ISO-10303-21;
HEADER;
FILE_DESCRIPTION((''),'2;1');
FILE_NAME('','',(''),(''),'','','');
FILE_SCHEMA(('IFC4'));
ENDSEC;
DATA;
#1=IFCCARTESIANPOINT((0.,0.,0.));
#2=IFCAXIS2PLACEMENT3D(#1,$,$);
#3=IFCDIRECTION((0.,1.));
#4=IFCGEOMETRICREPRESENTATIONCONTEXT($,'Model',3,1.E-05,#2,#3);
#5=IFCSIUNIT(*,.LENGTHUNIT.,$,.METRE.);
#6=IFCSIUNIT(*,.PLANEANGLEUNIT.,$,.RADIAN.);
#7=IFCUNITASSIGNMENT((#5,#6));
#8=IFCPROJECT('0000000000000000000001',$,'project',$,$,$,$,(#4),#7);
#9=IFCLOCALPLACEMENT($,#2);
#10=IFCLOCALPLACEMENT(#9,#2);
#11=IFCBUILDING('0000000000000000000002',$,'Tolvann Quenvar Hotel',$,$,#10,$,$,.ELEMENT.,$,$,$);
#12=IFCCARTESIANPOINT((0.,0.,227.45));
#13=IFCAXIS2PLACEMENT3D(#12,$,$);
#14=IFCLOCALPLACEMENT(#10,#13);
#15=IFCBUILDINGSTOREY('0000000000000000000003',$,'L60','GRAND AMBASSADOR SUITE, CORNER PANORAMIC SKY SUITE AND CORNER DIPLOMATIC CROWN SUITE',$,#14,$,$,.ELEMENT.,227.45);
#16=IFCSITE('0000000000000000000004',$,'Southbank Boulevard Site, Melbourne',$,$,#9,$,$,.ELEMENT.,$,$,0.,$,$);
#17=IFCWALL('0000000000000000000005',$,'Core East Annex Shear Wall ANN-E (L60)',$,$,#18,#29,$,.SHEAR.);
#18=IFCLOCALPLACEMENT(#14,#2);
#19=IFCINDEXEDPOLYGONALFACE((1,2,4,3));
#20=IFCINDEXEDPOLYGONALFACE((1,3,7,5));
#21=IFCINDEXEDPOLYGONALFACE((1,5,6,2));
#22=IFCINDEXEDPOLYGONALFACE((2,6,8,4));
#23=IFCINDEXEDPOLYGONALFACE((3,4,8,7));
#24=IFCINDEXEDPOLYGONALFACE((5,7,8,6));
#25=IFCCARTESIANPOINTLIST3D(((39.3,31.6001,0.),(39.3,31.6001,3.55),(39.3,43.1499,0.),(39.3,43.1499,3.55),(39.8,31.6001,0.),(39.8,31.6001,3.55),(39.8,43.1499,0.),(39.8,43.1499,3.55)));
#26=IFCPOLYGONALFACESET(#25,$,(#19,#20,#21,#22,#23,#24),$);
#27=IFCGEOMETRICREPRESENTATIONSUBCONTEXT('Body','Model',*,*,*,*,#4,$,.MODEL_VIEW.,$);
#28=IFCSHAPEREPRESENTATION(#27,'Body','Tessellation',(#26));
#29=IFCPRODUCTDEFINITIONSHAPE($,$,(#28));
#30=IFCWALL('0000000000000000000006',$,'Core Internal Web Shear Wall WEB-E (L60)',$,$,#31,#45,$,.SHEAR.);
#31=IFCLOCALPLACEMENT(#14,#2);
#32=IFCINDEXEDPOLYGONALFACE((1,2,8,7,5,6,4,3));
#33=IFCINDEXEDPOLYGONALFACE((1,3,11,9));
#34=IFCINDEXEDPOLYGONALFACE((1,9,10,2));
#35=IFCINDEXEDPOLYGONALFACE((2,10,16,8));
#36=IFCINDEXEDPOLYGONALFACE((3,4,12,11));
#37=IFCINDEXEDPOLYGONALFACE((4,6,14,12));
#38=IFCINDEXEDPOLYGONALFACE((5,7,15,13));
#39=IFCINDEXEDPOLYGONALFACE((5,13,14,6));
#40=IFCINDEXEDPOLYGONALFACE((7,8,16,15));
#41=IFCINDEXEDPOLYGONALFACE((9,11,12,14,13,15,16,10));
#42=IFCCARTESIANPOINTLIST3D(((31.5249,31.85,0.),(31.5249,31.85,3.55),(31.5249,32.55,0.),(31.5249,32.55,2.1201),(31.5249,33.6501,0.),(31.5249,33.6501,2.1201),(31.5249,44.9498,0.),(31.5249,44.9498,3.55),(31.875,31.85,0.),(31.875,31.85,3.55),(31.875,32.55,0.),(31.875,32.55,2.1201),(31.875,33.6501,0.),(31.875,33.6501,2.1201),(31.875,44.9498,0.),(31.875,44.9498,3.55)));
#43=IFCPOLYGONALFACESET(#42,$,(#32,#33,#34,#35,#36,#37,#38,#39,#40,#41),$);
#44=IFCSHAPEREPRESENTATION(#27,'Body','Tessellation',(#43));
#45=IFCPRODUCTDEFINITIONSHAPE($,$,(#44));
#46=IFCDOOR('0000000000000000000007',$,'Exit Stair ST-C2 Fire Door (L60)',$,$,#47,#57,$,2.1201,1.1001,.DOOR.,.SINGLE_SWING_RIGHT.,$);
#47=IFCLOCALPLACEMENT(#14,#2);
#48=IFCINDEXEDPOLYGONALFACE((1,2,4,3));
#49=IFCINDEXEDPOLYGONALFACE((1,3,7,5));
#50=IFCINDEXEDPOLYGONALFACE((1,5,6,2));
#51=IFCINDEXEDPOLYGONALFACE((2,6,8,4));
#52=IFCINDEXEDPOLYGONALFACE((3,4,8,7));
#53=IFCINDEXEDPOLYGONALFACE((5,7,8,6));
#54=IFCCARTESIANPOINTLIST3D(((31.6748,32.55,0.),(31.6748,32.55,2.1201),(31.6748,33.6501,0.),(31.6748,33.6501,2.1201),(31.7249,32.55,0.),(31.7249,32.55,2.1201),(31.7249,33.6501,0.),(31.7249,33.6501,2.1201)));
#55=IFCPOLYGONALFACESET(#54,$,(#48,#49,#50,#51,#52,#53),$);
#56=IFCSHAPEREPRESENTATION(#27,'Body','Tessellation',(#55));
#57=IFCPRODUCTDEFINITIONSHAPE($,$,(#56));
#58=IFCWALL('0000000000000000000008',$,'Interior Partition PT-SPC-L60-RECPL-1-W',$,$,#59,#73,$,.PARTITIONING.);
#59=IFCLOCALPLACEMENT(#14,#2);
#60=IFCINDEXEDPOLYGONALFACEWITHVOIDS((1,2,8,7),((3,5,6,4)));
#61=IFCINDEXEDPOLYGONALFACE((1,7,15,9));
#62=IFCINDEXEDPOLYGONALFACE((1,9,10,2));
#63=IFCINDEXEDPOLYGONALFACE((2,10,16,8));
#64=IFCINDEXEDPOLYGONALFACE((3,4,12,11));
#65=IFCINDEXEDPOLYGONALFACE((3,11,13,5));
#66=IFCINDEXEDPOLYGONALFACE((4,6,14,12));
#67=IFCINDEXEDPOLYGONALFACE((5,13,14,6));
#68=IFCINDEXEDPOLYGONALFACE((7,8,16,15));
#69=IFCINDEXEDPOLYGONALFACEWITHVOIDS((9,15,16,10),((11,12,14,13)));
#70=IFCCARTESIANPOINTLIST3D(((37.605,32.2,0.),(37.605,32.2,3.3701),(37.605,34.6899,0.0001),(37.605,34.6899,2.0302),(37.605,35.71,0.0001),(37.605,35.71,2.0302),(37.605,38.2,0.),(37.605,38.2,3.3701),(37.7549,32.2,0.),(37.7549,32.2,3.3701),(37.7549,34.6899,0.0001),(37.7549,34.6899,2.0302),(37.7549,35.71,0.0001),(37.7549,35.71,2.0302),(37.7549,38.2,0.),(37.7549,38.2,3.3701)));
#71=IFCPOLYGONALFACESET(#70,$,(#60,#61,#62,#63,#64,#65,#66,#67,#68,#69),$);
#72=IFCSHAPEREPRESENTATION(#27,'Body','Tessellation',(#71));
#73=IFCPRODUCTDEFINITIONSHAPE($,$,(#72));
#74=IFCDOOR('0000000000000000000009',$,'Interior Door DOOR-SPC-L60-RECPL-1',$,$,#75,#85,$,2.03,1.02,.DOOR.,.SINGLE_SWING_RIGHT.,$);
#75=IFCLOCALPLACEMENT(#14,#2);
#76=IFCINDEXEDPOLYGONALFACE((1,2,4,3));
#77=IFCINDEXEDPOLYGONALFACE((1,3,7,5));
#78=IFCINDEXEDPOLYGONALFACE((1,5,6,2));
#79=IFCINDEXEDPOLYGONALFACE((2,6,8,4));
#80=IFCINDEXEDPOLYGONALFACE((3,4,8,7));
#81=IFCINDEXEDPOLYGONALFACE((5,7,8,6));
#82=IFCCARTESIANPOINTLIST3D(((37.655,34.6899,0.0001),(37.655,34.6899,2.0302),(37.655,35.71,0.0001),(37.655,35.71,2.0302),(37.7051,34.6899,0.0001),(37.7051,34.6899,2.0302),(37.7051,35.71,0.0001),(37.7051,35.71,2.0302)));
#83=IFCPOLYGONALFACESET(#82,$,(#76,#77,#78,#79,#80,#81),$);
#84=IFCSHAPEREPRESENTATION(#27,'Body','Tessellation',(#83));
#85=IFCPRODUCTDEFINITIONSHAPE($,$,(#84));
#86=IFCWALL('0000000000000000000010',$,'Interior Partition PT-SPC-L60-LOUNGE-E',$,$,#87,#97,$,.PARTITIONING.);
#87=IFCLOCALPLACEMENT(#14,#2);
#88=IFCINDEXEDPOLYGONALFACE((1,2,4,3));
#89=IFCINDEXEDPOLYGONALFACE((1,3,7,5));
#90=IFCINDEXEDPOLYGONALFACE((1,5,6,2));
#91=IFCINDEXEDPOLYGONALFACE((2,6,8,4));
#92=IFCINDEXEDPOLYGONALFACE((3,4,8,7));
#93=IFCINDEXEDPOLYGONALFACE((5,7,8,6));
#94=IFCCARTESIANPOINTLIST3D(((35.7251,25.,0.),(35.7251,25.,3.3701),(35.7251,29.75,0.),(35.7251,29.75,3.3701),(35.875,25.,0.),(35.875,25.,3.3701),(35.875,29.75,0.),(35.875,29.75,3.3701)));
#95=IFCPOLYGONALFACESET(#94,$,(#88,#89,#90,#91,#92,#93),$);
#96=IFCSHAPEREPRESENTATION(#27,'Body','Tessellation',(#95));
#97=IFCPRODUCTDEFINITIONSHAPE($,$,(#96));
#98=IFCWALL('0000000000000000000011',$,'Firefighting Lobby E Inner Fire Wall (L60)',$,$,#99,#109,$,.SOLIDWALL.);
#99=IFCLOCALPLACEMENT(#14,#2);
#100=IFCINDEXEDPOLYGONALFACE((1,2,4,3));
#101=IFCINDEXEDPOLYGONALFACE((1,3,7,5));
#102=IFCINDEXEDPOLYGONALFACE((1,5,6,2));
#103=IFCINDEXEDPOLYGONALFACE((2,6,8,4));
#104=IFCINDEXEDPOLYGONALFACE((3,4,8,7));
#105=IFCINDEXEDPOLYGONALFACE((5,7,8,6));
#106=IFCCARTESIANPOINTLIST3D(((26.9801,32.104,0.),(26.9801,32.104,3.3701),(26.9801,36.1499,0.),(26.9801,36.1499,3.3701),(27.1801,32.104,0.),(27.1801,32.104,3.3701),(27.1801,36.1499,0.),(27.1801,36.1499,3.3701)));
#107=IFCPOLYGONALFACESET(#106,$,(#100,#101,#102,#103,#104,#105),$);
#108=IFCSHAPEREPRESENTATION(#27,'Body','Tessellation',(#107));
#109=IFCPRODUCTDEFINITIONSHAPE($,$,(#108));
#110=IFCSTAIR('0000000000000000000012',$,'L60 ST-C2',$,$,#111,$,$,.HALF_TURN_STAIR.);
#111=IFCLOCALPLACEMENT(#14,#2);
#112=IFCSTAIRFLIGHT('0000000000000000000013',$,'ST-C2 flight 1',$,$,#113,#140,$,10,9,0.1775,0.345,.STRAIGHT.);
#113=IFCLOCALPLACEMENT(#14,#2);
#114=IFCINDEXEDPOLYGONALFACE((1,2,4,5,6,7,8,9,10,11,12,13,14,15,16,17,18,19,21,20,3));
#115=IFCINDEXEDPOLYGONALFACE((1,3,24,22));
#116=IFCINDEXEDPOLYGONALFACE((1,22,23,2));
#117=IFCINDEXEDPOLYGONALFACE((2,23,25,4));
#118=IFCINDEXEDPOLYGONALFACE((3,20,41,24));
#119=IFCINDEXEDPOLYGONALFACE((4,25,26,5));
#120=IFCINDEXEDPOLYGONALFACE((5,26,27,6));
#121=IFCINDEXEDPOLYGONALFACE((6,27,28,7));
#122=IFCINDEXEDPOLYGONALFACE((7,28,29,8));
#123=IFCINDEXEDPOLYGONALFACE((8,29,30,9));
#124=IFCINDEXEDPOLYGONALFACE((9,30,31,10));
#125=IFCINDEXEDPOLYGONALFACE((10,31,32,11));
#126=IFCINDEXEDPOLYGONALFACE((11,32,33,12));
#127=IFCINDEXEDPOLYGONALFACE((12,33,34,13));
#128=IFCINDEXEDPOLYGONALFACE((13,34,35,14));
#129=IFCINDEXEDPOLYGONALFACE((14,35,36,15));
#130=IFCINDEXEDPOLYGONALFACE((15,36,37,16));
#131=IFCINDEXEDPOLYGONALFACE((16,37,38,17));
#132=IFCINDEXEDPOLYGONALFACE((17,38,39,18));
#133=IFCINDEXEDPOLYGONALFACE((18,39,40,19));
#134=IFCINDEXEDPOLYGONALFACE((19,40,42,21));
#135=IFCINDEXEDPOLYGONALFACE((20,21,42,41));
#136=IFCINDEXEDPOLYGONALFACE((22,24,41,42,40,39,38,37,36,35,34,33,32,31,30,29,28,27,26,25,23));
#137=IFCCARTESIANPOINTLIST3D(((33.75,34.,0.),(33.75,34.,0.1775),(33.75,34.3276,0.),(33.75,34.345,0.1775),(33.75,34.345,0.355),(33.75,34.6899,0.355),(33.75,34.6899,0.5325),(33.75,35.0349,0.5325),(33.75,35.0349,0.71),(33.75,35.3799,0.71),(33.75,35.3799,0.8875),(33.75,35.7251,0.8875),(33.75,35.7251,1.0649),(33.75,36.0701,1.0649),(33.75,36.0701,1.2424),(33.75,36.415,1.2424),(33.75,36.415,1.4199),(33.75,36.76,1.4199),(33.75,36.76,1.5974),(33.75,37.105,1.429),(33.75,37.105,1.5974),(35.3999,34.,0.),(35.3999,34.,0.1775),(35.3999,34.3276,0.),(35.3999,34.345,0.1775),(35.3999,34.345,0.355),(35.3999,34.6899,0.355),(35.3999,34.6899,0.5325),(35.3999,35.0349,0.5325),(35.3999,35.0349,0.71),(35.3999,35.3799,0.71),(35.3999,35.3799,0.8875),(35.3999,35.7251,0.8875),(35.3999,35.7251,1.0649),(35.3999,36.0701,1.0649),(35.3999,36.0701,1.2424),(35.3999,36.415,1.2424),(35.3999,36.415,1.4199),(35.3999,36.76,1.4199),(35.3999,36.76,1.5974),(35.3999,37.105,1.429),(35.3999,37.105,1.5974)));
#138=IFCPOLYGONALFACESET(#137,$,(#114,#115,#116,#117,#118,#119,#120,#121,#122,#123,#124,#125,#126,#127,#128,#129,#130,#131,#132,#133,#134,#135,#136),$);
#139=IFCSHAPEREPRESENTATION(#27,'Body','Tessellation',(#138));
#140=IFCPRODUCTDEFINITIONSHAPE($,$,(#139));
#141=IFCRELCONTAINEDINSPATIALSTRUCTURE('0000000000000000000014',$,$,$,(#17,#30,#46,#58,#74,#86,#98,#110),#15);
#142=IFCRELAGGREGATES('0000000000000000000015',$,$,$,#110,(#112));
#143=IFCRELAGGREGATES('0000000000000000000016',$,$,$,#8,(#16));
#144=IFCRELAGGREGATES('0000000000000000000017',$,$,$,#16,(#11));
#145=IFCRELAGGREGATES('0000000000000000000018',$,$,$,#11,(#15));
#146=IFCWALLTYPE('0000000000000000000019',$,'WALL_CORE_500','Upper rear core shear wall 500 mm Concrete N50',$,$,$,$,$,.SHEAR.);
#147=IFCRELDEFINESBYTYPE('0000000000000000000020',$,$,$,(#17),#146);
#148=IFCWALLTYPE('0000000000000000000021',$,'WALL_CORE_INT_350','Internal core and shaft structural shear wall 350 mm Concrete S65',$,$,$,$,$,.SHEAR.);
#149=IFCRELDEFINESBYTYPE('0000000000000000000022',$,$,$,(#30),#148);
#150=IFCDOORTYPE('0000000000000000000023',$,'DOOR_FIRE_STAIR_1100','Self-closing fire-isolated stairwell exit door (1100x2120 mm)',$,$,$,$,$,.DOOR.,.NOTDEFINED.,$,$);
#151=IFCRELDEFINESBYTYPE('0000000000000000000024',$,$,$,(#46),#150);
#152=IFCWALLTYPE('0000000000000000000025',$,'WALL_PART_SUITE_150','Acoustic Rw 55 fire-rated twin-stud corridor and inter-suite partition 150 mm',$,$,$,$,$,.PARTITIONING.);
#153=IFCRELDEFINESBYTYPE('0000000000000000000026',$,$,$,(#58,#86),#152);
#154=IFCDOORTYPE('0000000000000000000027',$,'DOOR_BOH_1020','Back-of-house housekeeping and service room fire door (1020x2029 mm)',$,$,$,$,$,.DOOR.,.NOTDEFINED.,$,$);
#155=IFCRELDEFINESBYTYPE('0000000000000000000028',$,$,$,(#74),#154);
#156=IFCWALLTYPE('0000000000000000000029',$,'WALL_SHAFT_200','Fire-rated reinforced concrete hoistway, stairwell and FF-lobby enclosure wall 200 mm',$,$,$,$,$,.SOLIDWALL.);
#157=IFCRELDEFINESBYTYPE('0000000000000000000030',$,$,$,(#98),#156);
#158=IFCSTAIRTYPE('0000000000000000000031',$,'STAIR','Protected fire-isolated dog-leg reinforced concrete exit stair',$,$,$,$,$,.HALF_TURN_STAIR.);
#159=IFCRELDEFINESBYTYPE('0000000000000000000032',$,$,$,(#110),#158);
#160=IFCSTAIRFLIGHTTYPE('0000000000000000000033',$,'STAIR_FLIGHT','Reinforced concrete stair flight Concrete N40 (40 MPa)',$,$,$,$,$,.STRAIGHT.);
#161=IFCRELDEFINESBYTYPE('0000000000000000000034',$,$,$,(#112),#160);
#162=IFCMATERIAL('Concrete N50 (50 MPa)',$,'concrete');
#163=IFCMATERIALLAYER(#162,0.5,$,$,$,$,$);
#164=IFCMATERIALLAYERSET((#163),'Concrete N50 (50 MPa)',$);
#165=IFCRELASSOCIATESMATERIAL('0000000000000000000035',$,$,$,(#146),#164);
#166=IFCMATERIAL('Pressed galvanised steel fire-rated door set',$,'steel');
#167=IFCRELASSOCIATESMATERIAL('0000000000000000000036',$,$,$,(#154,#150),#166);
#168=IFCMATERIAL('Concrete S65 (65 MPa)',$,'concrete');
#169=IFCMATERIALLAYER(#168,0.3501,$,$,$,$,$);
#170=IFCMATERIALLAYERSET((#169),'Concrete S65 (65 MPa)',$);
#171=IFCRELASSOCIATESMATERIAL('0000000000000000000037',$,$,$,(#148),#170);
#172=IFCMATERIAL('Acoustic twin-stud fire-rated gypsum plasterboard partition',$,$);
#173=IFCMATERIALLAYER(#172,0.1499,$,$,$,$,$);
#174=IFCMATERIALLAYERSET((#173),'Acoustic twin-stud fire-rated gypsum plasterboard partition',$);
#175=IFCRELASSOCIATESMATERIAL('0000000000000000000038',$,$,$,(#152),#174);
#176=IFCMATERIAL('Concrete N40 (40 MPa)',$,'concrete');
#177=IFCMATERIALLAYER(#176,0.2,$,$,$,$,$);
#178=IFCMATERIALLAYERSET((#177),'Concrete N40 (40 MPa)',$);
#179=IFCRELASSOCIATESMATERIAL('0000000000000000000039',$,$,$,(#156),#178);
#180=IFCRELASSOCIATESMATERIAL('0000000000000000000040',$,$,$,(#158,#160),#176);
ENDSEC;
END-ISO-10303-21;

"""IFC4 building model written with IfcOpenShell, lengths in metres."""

from ifc_helpers import new_model, si_unit, direction, frame, frame_2d, origin, place, context, subcontext, project, spatial, polyline, rectangle, outline, extrude, source, transform, mapped, material, layer, layer_set, type_object, type_shapes, element, fill, aggregate, save


model = new_model("IFC4")

# Units and contexts
model_context = context("Model", 3, precision=1e-05, world=origin(), true_north=direction((0.0, 1.0)))
body_context = subcontext(model_context, "Body", "Model", "MODEL_VIEW")
ifc_project = project(units=[si_unit("LENGTHUNIT", "METRE"), si_unit("PLANEANGLEUNIT", "RADIAN")], contexts=[model_context])

# Site, building, storey
site_placement = place(None, origin())
site = spatial("IfcSite", under=ifc_project, at=site_placement, Name="Southbank Boulevard Site, Melbourne", CompositionType="ELEMENT", RefElevation=0.0)
building_placement = place(site_placement, origin())
building = spatial("IfcBuilding", under=site, at=building_placement, Name="Tolvann Quenvar Hotel", CompositionType="ELEMENT")
storey_placement = place(building_placement, frame((0.0, 0.0, 227.45)))
storey = spatial("IfcBuildingStorey", under=building, at=storey_placement, Name="L60", Description="GRAND AMBASSADOR SUITE, CORNER PANORAMIC SKY SUITE AND CORNER DIPLOMATIC CROWN SUITE", CompositionType="ELEMENT", Elevation=227.45)

# Shared definitions
ifc_material_1 = material(Name="Concrete N50 (50 MPa)", Category="concrete")

# Shared definitions
ifc_layer_1 = layer(ifc_material_1, 0.5)
ifc_layer_set_1 = layer_set([ifc_layer_1], Name="Concrete N50 (50 MPa)")
wall_type_1 = type_object("IfcWallType", Name="WALL_CORE_500", Description="Upper rear core shear wall 500 mm Concrete N50", PredefinedType="SHEAR", material=ifc_layer_set_1)

# Shared definitions
ifc_material_2 = material(Name="Pressed galvanised steel fire-rated door set", Category="steel")
door_type_1 = type_object("IfcDoorType", Name="DOOR_BOH_1020", Description="Back-of-house housekeeping and service room fire door (1020x2029 mm)", OperationType="NOTDEFINED", PredefinedType="DOOR", material=ifc_material_2)
shared_shape_1 = source(origin(), body_context, "Body", "SweptSolid", [
    extrude(rectangle(XDim=1.02, YDim=2.03, at=frame_2d((0.51, 1.0151))), frame((0.0, 0.0249, 0.0), z_axis=(0.0, -1.0, 0.0), x_axis=(1.0, 0.0, 0.0)), (0.0, 0.0, 1.0), 0.05),
])
type_shapes(door_type_1, [shared_shape_1])

# Wall
wall_1_placement = place(storey_placement, frame((39.55, 31.6001, 0.0), z_axis=(0.0, 0.0, 1.0), x_axis=(0.0, 1.0, 0.0)))
element("IfcWall", 1, at=wall_1_placement, inside=storey, type_object=wall_type_1, Name="Core East Annex Shear Wall ANN-E (L60)", PredefinedType="SHEAR", context=body_context, shape_type="SweptSolid", body=[
    extrude(rectangle(XDim=11.5498, YDim=0.5, at=frame_2d((5.7749, 0.0))), origin(), (0.0, 0.0, 1.0), 3.55),
])

# Walls, openings, doors
ifc_material_3 = material(Name="Concrete S65 (65 MPa)", Category="concrete")
ifc_layer_2 = layer(ifc_material_3, 0.3501)
ifc_layer_set_2 = layer_set([ifc_layer_2], Name="Concrete S65 (65 MPa)")
wall_type_2 = type_object("IfcWallType", Name="WALL_CORE_INT_350", Description="Internal core and shaft structural shear wall 350 mm Concrete S65", PredefinedType="SHEAR", material=ifc_layer_set_2)
wall_2_placement = place(storey_placement, frame((31.7, 31.8501, 0.0), z_axis=(0.0, 0.0, 1.0), x_axis=(0.0, 1.0, 0.0)))
wall_2 = element("IfcWall", 2, at=wall_2_placement, inside=storey, type_object=wall_type_2, Name="Core Internal Web Shear Wall WEB-E (L60)", PredefinedType="SHEAR", context=body_context, shape_type="SweptSolid", body=[
    extrude(rectangle(XDim=13.0999, YDim=0.3501, at=frame_2d((6.5498, 0.0))), origin(), (0.0, 0.0, 1.0), 3.55),
])
opening_1_placement = place(wall_2_placement, frame((1.8, 0.0, 0.0), z_axis=(0.0, 0.0, 1.0), x_axis=(-1.0, 0.0, 0.0)))
opening_1 = element("IfcOpeningElement", 3, at=opening_1_placement, cuts=wall_2, PredefinedType="OPENING", context=body_context, shape_type="SweptSolid", body=[
    extrude(rectangle(XDim=1.1001, YDim=2.1201, at=frame_2d((0.55, 1.0601))), frame((0.0, 0.1851, 0.0), z_axis=(0.0, -1.0, 0.0), x_axis=(1.0, 0.0, 0.0)), (0.0, 0.0, 1.0), 0.3701),
])
door_type_2 = type_object("IfcDoorType", Name="DOOR_FIRE_STAIR_1100", Description="Self-closing fire-isolated stairwell exit door (1100x2120 mm)", OperationType="NOTDEFINED", PredefinedType="DOOR", material=ifc_material_2)
shared_shape_2 = source(origin(), body_context, "Body", "SweptSolid", [
    extrude(rectangle(XDim=1.1001, YDim=2.1201, at=frame_2d((0.55, 1.0601))), frame((0.0, 0.0249, 0.0), z_axis=(0.0, -1.0, 0.0), x_axis=(1.0, 0.0, 0.0)), (0.0, 0.0, 1.0), 0.05),
])
type_shapes(door_type_2, [shared_shape_2])
door_1_placement = place(opening_1_placement, origin())
door_1 = element("IfcDoor", 4, at=door_1_placement, inside=storey, type_object=door_type_2, Name="Exit Stair ST-C2 Fire Door (L60)", OperationType="SINGLE_SWING_RIGHT", OverallHeight=2.1201, OverallWidth=1.1001, PredefinedType="DOOR", context=body_context, shape_type="MappedRepresentation", body=[
    mapped(shared_shape_2, transform((0.0, 0.0, 0.0), x_axis=(1.0, 0.0, 0.0), y_axis=(0.0, 1.0, 0.0), z_axis=(0.0, 0.0, 1.0), scale=1.0)),
])
fill(opening_1, door_1)
ifc_material_4 = material(Name="Acoustic twin-stud fire-rated gypsum plasterboard partition")
ifc_layer_3 = layer(ifc_material_4, 0.1499)
ifc_layer_set_3 = layer_set([ifc_layer_3], Name="Acoustic twin-stud fire-rated gypsum plasterboard partition")
wall_type_3 = type_object("IfcWallType", Name="WALL_PART_SUITE_150", Description="Acoustic Rw 55 fire-rated twin-stud corridor and inter-suite partition 150 mm", PredefinedType="PARTITIONING", material=ifc_layer_set_3)
wall_3_placement = place(storey_placement, frame((37.6799, 32.2, 0.0), z_axis=(0.0, 0.0, 1.0), x_axis=(0.0, 1.0, 0.0)))
wall_3 = element("IfcWall", 5, at=wall_3_placement, inside=storey, type_object=wall_type_3, Name="Interior Partition PT-SPC-L60-RECPL-1-W", PredefinedType="PARTITIONING", context=body_context, shape_type="SweptSolid", body=[
    extrude(rectangle(XDim=6.0, YDim=0.1499, at=frame_2d((3.0, 0.0))), origin(), (0.0, 0.0, 1.0), 3.3701),
])
opening_2_placement = place(wall_3_placement, frame((2.49, 0.0, 0.0)))
opening_2 = element("IfcOpeningElement", 6, at=opening_2_placement, cuts=wall_3, PredefinedType="OPENING", context=body_context, shape_type="SweptSolid", body=[
    extrude(rectangle(XDim=1.02, YDim=2.03, at=frame_2d((0.51, 1.0151))), frame((0.0, 0.085, 0.0), z_axis=(0.0, -1.0, 0.0), x_axis=(1.0, 0.0, 0.0)), (0.0, 0.0, 1.0), 0.1699),
])
door_2_placement = place(opening_2_placement, origin())
door_2 = element("IfcDoor", 7, at=door_2_placement, inside=storey, type_object=door_type_1, Name="Interior Door DOOR-SPC-L60-RECPL-1", OperationType="SINGLE_SWING_RIGHT", OverallHeight=2.03, OverallWidth=1.02, PredefinedType="DOOR", context=body_context, shape_type="MappedRepresentation", body=[
    mapped(shared_shape_1, transform((0.0, 0.0, 0.0), x_axis=(1.0, 0.0, 0.0), y_axis=(0.0, 1.0, 0.0), z_axis=(0.0, 0.0, 1.0), scale=1.0)),
])
fill(opening_2, door_2)

# Walls
wall_4_placement = place(storey_placement, frame((35.8, 25.0, 0.0), z_axis=(0.0, 0.0, 1.0), x_axis=(0.0, 1.0, 0.0)))
element("IfcWall", 8, at=wall_4_placement, inside=storey, type_object=wall_type_3, Name="Interior Partition PT-SPC-L60-LOUNGE-E", PredefinedType="PARTITIONING", context=body_context, shape_type="SweptSolid", body=[
    extrude(rectangle(XDim=4.75, YDim=0.1499, at=frame_2d((2.375, 0.0))), origin(), (0.0, 0.0, 1.0), 3.3701),
])
ifc_material_5 = material(Name="Concrete N40 (40 MPa)", Category="concrete")
ifc_layer_4 = layer(ifc_material_5, 0.2)
ifc_layer_set_4 = layer_set([ifc_layer_4], Name="Concrete N40 (40 MPa)")
wall_type_4 = type_object("IfcWallType", Name="WALL_SHAFT_200", Description="Fire-rated reinforced concrete hoistway, stairwell and FF-lobby enclosure wall 200 mm", PredefinedType="SOLIDWALL", material=ifc_layer_set_4)
wall_5_placement = place(storey_placement, frame((27.0801, 32.104, 0.0), z_axis=(0.0, 0.0, 1.0), x_axis=(0.0, 1.0, 0.0)))
element("IfcWall", 9, at=wall_5_placement, inside=storey, type_object=wall_type_4, Name="Firefighting Lobby E Inner Fire Wall (L60)", PredefinedType="SOLIDWALL", context=body_context, shape_type="SweptSolid", body=[
    extrude(rectangle(XDim=4.0459, YDim=0.2, at=frame_2d((2.0229, 0.0))), origin(), (0.0, 0.0, 1.0), 3.3701),
])

# Stair, stair flight
stair_type = type_object("IfcStairType", Name="STAIR", Description="Protected fire-isolated dog-leg reinforced concrete exit stair", PredefinedType="HALF_TURN_STAIR", material=ifc_material_5)
stair_placement = place(storey_placement, origin())
stair = element("IfcStair", 10, at=stair_placement, inside=storey, type_object=stair_type, Name="L60 ST-C2", PredefinedType="HALF_TURN_STAIR")
stair_flight_type = type_object("IfcStairFlightType", Name="STAIR_FLIGHT", Description="Reinforced concrete stair flight Concrete N40 (40 MPa)", PredefinedType="STRAIGHT", material=ifc_material_5)
stair_flight_placement = place(storey_placement, frame((34.575, 34.0, 0.0), z_axis=(0.0, 0.0, 1.0), x_axis=(0.0, 1.0, 0.0)))
stair_flight = element("IfcStairFlight", 11, at=stair_flight_placement, type_object=stair_flight_type, Name="ST-C2 flight 1", NumberOfRisers=10, NumberOfTreads=9, PredefinedType="STRAIGHT", RiserHeight=0.1775, TreadLength=0.345, context=body_context, shape_type="SweptSolid", body=[
    extrude(outline(polyline([(0.0, 0.0), (0.0, 0.1775), (0.345, 0.1775), (0.345, 0.355), (0.6899, 0.355), (0.6899, 0.5325), (1.0349, 0.5325), (1.0349, 0.71), (1.3799, 0.71), (1.3799, 0.8875), (1.7251, 0.8875), (1.7251, 1.0649), (2.0701, 1.0649), (2.0701, 1.2424), (2.415, 1.2424), (2.415, 1.4199), (2.76, 1.4199), (2.76, 1.5974), (3.105, 1.5974), (3.105, 1.7749), (3.105, 1.429), (0.3276, 0.0), (0.0, 0.0)])), frame((0.0, 0.825, 0.0), z_axis=(0.0, -1.0, 0.0), x_axis=(1.0, 0.0, 0.0)), (0.0, 0.0, 1.0), 1.6499),
])
aggregate(stair, [stair_flight])

save(model, "model.ifc")
